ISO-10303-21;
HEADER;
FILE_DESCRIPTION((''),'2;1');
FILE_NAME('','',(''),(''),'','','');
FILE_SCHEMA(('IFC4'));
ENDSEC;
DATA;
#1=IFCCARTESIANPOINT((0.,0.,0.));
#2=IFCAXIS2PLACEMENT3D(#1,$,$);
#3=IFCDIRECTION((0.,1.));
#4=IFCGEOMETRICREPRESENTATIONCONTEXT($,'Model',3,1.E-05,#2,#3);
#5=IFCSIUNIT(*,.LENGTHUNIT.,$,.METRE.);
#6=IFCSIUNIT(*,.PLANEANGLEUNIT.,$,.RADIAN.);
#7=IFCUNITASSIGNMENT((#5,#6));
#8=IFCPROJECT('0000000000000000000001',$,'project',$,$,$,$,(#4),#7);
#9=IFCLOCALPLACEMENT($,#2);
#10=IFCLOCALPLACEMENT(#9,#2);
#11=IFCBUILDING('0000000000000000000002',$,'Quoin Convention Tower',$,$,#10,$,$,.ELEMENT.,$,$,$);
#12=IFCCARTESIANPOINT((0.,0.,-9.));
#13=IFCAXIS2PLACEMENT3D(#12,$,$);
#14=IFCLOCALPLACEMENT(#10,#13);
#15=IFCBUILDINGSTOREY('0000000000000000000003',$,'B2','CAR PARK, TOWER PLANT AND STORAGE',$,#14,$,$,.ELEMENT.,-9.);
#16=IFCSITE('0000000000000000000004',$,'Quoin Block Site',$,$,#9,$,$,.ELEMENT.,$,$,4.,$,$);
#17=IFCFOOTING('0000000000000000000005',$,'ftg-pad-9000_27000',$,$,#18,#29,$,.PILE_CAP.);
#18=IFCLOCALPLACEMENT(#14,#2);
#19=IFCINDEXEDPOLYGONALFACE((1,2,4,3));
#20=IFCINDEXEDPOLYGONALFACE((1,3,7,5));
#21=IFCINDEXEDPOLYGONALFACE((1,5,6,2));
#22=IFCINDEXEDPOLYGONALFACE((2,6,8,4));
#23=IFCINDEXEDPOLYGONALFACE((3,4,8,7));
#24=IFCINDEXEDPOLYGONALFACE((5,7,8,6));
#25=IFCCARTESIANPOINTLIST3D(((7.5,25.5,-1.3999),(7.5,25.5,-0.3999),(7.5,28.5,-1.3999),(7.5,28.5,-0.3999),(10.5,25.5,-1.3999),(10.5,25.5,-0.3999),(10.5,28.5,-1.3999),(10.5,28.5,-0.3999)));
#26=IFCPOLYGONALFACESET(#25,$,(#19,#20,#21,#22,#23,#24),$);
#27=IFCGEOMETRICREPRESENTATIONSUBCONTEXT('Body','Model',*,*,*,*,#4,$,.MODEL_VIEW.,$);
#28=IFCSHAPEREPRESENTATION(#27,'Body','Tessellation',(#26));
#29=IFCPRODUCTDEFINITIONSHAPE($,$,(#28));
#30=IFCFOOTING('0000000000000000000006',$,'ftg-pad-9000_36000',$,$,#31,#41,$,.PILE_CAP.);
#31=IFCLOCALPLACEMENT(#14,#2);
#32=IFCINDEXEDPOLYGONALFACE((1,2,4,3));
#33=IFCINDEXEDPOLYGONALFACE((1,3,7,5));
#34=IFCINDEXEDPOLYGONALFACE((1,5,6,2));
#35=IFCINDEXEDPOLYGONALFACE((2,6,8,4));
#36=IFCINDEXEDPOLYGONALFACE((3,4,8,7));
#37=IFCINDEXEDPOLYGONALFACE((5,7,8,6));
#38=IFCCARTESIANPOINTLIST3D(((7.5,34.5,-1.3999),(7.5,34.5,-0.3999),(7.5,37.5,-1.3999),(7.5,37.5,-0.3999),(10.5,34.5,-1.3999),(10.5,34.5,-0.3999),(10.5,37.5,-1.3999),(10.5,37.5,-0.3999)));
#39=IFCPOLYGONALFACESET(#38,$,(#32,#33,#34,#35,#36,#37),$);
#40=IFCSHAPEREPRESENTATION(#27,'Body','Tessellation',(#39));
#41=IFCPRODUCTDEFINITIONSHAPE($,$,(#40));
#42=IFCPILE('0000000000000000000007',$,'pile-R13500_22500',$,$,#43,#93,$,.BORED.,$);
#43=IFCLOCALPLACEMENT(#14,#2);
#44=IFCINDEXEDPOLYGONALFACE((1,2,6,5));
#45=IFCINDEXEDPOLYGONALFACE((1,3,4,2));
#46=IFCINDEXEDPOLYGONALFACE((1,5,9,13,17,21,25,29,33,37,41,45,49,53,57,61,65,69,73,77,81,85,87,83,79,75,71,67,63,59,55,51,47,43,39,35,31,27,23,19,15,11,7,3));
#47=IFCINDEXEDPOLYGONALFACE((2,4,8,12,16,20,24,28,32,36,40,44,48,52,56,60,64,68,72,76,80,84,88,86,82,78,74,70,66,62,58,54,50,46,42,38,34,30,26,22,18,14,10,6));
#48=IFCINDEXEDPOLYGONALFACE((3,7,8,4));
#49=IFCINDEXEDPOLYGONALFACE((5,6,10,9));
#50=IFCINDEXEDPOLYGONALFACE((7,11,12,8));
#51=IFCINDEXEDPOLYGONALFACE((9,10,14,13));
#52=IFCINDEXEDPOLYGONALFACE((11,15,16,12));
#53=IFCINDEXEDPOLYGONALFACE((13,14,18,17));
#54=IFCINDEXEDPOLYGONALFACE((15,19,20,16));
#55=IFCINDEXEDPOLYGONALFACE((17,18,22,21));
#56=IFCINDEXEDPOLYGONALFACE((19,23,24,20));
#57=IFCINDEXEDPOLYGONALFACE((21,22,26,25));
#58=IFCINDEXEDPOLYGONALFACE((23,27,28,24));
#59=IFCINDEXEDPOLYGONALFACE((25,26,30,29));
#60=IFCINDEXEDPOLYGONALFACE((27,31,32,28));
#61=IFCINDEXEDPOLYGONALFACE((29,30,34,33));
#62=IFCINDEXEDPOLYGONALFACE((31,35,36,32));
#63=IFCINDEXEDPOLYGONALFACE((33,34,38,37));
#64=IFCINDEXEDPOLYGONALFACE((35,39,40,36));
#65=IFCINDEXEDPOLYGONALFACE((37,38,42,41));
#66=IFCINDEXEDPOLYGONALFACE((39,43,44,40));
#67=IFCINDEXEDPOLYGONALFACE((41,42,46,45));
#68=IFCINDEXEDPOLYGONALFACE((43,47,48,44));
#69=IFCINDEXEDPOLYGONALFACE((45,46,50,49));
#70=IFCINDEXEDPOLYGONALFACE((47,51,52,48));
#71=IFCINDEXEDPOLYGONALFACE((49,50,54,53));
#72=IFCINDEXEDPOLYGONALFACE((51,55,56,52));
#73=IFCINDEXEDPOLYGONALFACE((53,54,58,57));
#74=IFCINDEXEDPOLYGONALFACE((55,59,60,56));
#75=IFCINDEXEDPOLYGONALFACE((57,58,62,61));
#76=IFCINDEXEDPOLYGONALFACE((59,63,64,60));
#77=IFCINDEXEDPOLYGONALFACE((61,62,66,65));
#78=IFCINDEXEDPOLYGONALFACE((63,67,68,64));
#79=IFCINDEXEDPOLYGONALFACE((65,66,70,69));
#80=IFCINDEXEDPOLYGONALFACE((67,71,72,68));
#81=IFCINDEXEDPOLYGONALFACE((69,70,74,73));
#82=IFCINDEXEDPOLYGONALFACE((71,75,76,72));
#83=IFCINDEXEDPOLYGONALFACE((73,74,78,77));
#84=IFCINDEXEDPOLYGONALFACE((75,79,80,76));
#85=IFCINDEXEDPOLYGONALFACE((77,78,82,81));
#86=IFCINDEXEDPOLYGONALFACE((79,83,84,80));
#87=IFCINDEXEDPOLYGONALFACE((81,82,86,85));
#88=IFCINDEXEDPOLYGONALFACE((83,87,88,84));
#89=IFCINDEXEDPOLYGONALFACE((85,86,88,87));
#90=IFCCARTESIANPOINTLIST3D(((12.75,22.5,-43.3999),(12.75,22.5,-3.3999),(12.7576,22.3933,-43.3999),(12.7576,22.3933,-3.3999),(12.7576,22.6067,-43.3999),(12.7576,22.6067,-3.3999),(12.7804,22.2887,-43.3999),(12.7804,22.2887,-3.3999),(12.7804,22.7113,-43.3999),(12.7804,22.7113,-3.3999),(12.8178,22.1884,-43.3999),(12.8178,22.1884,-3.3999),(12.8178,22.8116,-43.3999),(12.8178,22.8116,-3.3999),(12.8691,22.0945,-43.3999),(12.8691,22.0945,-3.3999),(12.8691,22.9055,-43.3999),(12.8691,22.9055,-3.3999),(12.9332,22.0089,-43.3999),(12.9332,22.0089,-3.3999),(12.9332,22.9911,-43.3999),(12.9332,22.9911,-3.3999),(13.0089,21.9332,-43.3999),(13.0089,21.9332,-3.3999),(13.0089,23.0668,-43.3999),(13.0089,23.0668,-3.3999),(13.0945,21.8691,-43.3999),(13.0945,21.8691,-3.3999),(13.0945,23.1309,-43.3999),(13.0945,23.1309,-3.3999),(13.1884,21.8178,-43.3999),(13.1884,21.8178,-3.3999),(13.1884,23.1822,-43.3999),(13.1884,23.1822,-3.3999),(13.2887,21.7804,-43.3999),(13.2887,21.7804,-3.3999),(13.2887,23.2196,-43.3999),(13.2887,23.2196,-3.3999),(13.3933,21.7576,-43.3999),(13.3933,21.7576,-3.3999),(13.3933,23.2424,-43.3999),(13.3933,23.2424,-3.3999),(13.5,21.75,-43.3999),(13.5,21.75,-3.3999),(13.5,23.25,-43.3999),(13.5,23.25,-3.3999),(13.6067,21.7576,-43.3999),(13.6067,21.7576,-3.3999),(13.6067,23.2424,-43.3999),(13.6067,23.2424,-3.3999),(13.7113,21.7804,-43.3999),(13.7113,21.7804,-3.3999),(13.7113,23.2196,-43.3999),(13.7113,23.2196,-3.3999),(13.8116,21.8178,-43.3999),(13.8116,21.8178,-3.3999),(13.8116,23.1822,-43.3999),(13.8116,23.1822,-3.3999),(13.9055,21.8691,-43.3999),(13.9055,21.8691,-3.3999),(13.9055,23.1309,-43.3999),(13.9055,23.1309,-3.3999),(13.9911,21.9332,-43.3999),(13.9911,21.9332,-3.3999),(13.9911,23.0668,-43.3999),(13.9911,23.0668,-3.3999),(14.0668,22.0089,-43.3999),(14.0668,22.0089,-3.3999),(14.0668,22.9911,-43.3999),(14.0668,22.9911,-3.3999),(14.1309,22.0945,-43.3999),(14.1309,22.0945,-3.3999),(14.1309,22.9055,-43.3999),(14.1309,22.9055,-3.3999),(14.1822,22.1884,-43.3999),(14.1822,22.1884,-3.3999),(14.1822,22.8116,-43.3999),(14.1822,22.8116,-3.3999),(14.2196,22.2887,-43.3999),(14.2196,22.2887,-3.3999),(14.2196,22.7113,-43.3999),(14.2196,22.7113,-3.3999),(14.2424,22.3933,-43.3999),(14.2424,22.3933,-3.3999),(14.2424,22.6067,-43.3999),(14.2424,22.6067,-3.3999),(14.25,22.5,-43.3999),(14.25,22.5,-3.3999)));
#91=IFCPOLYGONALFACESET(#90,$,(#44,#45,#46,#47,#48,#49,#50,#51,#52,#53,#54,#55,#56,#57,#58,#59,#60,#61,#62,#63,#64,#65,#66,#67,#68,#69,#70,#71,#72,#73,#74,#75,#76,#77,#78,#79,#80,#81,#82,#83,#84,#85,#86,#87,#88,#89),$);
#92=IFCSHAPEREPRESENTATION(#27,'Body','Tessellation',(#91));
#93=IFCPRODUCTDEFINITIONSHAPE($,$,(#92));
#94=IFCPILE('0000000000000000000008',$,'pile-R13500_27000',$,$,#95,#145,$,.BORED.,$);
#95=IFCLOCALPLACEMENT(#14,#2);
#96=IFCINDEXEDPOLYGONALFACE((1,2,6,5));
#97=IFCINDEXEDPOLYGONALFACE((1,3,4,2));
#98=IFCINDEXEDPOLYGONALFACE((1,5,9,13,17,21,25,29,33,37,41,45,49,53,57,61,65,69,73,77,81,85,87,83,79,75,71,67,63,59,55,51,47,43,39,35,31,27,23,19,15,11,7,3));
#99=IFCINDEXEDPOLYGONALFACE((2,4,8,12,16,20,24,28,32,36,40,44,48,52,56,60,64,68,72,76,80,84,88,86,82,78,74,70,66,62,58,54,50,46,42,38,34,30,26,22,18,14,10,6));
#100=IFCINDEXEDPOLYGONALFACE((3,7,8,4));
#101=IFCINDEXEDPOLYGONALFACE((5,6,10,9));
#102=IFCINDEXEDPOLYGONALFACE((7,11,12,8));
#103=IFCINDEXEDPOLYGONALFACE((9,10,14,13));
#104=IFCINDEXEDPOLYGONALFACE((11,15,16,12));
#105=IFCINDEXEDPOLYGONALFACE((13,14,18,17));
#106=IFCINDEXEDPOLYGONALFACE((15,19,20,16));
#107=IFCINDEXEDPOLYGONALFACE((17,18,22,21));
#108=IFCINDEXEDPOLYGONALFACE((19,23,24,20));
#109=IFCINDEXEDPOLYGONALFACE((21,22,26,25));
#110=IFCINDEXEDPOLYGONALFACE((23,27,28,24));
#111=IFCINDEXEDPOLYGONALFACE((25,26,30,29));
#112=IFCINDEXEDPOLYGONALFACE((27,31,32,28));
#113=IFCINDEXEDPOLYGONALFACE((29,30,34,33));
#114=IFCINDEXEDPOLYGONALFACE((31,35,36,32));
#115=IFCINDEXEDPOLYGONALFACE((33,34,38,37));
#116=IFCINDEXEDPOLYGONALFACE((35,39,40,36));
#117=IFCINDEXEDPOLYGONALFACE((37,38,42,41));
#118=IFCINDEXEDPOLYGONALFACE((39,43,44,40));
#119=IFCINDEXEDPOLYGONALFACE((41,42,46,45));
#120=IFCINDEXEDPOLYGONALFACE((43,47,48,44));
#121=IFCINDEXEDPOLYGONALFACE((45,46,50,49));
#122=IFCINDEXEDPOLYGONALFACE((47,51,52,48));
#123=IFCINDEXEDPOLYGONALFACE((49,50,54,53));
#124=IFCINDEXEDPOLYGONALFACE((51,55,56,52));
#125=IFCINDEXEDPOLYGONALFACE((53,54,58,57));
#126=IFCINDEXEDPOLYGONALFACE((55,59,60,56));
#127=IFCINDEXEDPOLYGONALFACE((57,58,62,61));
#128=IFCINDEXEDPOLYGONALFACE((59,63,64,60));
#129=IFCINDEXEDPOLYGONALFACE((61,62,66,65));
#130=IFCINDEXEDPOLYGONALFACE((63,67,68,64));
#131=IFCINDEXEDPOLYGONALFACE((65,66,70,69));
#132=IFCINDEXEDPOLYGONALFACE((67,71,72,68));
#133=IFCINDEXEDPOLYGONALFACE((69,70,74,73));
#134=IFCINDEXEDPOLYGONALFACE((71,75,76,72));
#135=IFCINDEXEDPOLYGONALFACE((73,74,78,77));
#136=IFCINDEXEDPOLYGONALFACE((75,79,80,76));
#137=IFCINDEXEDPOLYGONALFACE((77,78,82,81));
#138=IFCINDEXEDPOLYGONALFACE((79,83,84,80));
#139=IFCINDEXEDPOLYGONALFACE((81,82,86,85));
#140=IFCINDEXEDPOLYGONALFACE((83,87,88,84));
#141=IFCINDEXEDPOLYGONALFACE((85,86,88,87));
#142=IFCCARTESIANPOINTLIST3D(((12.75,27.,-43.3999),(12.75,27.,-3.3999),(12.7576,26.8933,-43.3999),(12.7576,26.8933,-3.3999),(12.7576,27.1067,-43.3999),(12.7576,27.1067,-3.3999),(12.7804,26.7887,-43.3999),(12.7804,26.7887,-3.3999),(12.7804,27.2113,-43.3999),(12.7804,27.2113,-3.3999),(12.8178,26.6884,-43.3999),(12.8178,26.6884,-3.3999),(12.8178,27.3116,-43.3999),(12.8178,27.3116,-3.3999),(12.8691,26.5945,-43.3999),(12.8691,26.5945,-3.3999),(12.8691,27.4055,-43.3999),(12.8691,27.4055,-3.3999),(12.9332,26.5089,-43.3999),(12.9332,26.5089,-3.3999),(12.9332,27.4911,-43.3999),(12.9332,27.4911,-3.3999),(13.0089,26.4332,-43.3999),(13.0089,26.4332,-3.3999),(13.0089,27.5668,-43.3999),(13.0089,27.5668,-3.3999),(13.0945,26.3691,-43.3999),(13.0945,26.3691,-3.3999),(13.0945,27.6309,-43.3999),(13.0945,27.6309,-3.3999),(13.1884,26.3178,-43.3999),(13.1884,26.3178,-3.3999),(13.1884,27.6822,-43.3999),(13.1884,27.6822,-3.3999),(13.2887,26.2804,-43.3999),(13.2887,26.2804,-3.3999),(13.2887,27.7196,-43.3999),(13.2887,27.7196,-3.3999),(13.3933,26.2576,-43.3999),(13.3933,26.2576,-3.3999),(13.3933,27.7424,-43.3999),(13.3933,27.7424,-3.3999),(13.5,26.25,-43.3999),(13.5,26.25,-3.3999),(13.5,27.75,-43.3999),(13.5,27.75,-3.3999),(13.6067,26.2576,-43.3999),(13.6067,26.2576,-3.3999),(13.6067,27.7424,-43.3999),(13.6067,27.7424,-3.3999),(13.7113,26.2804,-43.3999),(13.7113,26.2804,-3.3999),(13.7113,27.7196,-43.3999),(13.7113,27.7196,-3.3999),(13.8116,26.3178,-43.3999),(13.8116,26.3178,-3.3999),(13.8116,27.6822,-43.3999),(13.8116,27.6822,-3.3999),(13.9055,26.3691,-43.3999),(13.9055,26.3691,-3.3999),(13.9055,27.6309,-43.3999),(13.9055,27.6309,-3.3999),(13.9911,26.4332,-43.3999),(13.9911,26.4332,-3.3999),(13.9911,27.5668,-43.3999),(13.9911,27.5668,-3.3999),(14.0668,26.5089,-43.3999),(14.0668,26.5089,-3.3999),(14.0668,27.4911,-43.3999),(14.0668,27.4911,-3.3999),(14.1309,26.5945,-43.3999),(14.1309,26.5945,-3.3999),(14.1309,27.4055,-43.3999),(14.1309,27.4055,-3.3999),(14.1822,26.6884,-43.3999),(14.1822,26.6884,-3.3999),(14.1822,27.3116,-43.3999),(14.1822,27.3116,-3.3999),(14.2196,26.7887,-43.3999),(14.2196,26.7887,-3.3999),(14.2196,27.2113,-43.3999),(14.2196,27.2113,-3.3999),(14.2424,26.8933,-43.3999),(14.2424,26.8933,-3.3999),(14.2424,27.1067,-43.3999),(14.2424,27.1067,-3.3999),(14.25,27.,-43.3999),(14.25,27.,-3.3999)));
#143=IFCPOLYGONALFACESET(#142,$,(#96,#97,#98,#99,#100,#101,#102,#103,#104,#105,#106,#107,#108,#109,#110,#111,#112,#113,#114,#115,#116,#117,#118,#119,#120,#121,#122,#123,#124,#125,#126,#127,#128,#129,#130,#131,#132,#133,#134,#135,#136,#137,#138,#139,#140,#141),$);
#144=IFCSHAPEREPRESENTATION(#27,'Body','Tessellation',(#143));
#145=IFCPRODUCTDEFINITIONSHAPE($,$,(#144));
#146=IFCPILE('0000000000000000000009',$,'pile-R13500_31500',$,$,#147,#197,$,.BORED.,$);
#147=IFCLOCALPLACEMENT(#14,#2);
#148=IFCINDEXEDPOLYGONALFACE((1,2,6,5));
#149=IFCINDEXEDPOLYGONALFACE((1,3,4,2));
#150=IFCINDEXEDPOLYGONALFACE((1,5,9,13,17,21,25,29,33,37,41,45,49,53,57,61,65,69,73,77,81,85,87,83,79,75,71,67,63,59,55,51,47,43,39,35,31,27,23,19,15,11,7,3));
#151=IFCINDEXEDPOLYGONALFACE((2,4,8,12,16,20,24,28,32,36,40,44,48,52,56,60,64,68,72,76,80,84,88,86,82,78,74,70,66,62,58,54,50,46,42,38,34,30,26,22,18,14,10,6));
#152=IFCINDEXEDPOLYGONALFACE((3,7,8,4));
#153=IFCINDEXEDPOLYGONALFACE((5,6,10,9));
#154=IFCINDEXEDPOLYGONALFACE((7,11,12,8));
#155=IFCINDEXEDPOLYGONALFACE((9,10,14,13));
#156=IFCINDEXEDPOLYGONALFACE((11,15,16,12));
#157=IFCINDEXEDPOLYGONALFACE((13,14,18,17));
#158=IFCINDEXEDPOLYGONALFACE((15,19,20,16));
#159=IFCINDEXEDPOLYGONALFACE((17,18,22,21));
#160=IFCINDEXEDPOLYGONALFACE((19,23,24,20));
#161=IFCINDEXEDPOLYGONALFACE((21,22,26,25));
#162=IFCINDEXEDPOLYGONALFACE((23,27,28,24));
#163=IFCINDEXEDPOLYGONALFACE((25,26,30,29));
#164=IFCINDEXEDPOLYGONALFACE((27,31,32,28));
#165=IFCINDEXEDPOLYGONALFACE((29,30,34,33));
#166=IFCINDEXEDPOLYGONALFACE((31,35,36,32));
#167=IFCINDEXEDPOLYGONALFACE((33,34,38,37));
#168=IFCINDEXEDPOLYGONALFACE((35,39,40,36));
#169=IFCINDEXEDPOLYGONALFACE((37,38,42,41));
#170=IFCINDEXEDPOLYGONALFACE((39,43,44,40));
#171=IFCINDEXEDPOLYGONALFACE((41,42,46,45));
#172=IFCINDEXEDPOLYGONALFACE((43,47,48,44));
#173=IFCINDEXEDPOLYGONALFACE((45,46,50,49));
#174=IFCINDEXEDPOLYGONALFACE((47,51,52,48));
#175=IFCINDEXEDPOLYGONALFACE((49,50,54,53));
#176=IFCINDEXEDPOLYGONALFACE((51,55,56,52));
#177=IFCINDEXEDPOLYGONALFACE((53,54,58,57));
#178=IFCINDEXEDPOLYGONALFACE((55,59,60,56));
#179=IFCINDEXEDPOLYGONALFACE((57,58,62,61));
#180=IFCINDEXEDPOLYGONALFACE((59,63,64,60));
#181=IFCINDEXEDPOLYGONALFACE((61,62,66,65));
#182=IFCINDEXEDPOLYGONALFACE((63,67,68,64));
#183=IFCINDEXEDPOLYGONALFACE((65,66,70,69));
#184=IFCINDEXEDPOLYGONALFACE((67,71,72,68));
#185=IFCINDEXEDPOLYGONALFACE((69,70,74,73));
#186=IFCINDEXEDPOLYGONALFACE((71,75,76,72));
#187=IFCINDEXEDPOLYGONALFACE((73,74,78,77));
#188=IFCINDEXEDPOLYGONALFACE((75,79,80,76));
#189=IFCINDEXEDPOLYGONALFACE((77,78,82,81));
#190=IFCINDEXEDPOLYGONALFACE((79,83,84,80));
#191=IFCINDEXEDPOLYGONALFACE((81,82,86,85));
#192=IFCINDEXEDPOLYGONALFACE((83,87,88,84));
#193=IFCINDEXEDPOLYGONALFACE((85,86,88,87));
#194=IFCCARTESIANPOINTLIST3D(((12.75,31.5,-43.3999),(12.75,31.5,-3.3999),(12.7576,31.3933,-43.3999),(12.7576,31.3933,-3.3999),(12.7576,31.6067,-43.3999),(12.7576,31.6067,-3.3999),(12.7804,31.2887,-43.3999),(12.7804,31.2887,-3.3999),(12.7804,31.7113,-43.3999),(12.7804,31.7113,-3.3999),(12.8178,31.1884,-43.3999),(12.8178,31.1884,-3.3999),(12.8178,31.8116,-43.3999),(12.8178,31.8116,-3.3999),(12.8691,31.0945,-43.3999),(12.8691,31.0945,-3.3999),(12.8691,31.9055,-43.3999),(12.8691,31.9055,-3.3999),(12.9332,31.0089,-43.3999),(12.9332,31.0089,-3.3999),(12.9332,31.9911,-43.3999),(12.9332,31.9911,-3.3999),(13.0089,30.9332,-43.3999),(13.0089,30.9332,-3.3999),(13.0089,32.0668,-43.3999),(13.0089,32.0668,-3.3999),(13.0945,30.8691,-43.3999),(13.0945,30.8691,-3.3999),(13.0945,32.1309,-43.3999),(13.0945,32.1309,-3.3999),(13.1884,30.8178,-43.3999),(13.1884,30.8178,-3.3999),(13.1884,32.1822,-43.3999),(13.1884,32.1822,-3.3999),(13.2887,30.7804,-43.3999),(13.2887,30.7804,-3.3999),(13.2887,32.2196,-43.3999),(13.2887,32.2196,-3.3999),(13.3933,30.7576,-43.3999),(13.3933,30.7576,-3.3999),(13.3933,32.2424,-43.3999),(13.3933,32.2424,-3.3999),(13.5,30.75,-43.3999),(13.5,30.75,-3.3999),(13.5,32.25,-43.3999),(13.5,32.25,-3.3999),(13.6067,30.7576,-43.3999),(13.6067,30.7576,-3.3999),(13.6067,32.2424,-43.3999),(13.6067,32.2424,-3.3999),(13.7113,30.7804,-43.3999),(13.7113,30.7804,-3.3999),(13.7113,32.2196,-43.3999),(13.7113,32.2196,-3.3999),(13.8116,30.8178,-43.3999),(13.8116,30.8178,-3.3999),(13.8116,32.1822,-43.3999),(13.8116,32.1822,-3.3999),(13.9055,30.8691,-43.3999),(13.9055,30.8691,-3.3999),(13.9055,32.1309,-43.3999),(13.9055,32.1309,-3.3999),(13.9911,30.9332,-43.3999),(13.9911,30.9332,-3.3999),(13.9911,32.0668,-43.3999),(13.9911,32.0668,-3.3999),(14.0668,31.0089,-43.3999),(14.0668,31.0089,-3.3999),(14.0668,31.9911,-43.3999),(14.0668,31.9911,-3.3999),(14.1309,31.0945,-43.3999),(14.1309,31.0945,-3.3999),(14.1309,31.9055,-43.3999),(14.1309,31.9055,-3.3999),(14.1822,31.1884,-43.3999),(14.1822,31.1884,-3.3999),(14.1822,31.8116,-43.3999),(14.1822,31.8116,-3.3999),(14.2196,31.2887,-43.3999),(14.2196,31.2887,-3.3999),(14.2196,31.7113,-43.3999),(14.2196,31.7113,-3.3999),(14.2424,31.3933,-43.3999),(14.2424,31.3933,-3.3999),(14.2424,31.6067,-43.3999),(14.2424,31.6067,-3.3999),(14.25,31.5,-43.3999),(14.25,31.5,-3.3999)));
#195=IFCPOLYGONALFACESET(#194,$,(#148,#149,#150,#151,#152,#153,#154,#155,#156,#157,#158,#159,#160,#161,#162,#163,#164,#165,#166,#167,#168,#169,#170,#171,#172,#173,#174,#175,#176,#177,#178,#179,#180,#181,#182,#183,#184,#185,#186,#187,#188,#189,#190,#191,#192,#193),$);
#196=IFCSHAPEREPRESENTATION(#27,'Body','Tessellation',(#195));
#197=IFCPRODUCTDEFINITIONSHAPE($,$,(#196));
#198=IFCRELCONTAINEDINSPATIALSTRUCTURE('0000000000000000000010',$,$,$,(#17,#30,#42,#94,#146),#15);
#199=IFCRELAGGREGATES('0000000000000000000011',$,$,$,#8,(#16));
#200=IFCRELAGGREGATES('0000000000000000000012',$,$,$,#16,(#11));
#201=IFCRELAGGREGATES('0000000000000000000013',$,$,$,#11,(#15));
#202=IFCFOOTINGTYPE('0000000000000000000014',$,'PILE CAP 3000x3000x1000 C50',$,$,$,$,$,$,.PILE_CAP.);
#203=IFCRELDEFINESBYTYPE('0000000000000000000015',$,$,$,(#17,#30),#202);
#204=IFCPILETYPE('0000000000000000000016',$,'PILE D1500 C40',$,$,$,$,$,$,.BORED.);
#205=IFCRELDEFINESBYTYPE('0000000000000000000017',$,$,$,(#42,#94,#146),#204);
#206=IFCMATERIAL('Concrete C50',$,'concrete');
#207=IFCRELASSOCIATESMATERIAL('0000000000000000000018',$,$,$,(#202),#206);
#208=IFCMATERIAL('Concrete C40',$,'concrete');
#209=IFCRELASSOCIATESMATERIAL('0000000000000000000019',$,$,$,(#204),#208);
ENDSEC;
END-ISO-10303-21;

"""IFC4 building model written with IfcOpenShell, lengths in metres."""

from ifc_helpers import new_model, si_unit, direction, frame, origin, origin_2d, place, context, subcontext, project, spatial, rectangle, circle, extrude, material, material_profile, profile_set, type_object, element, save


model = new_model("IFC4")

# Units and contexts
model_context = context("Model", 3, precision=1e-05, world=origin(), true_north=direction((0.0, 1.0)))
body_context = subcontext(model_context, "Body", "Model", "MODEL_VIEW")
ifc_project = project(units=[si_unit("LENGTHUNIT", "METRE"), si_unit("PLANEANGLEUNIT", "RADIAN")], contexts=[model_context])

# Site, building, storey
site_placement = place(None, origin())
site = spatial("IfcSite", under=ifc_project, at=site_placement, Name="Quoin Block Site", CompositionType="ELEMENT", RefElevation=4.0)
building_placement = place(site_placement, origin())
building = spatial("IfcBuilding", under=site, at=building_placement, Name="Quoin Convention Tower", CompositionType="ELEMENT")
storey_placement = place(building_placement, frame((0.0, 0.0, -9.0)))
storey = spatial("IfcBuildingStorey", under=building, at=storey_placement, Name="B2", Description="CAR PARK, TOWER PLANT AND STORAGE", CompositionType="ELEMENT", Elevation=-9.0)

# Footings
ifc_material_1 = material(Name="Concrete C50", Category="concrete")
footing_type = type_object("IfcFootingType", Name="PILE CAP 3000x3000x1000 C50", PredefinedType="PILE_CAP", material=ifc_material_1)
for number, where, z_axis, x_axis, name in (
    (1, (9.0, 27.0, -1.3999), (0.0, 0.0, 1.0), (1.0, 0.0, 0.0), "ftg-pad-9000_27000"),
    (2, (9.0, 36.0, -1.3999), (0.0, 0.0, 1.0), (1.0, 0.0, 0.0), "ftg-pad-9000_36000"),
):
    element("IfcFooting", number, at=place(storey_placement, frame(where, z_axis=z_axis, x_axis=x_axis)), inside=storey, type_object=footing_type, Name=name, PredefinedType="PILE_CAP", context=body_context, shape_type="SweptSolid", body=[
        extrude(rectangle(XDim=3.0, YDim=3.0, at=origin_2d()), origin(), (0.0, 0.0, 1.0), 1.0),
    ])

# Piles
ifc_material_2 = material(Name="Concrete C40", Category="concrete")
ifc_material_profile_1 = material_profile(ifc_material_2, circle(Radius=0.75, at=origin_2d()), Name="D1500")
ifc_profile_set_1 = profile_set([ifc_material_profile_1], Name="Concrete C40")
pile_type = type_object("IfcPileType", Name="PILE D1500 C40", PredefinedType="BORED", material=ifc_profile_set_1)
for number, where, z_axis, x_axis, name in (
    (3, (13.5, 22.5, -3.3999), (0.0, 0.0, -1.0), (1.0, 0.0, 0.0), "pile-R13500_22500"),
    (4, (13.5, 27.0, -3.3999), (0.0, 0.0, -1.0), (1.0, 0.0, 0.0), "pile-R13500_27000"),
    (5, (13.5, 31.5, -3.3999), (0.0, 0.0, -1.0), (1.0, 0.0, 0.0), "pile-R13500_31500"),
):
    element("IfcPile", number, at=place(storey_placement, frame(where, z_axis=z_axis, x_axis=x_axis)), inside=storey, type_object=pile_type, Name=name, PredefinedType="BORED", context=body_context, shape_type="SweptSolid", body=[
        extrude(circle(Radius=0.75, at=origin_2d()), origin(), (0.0, 0.0, 1.0), 40.0),
    ])

save(model, "model.ifc")
